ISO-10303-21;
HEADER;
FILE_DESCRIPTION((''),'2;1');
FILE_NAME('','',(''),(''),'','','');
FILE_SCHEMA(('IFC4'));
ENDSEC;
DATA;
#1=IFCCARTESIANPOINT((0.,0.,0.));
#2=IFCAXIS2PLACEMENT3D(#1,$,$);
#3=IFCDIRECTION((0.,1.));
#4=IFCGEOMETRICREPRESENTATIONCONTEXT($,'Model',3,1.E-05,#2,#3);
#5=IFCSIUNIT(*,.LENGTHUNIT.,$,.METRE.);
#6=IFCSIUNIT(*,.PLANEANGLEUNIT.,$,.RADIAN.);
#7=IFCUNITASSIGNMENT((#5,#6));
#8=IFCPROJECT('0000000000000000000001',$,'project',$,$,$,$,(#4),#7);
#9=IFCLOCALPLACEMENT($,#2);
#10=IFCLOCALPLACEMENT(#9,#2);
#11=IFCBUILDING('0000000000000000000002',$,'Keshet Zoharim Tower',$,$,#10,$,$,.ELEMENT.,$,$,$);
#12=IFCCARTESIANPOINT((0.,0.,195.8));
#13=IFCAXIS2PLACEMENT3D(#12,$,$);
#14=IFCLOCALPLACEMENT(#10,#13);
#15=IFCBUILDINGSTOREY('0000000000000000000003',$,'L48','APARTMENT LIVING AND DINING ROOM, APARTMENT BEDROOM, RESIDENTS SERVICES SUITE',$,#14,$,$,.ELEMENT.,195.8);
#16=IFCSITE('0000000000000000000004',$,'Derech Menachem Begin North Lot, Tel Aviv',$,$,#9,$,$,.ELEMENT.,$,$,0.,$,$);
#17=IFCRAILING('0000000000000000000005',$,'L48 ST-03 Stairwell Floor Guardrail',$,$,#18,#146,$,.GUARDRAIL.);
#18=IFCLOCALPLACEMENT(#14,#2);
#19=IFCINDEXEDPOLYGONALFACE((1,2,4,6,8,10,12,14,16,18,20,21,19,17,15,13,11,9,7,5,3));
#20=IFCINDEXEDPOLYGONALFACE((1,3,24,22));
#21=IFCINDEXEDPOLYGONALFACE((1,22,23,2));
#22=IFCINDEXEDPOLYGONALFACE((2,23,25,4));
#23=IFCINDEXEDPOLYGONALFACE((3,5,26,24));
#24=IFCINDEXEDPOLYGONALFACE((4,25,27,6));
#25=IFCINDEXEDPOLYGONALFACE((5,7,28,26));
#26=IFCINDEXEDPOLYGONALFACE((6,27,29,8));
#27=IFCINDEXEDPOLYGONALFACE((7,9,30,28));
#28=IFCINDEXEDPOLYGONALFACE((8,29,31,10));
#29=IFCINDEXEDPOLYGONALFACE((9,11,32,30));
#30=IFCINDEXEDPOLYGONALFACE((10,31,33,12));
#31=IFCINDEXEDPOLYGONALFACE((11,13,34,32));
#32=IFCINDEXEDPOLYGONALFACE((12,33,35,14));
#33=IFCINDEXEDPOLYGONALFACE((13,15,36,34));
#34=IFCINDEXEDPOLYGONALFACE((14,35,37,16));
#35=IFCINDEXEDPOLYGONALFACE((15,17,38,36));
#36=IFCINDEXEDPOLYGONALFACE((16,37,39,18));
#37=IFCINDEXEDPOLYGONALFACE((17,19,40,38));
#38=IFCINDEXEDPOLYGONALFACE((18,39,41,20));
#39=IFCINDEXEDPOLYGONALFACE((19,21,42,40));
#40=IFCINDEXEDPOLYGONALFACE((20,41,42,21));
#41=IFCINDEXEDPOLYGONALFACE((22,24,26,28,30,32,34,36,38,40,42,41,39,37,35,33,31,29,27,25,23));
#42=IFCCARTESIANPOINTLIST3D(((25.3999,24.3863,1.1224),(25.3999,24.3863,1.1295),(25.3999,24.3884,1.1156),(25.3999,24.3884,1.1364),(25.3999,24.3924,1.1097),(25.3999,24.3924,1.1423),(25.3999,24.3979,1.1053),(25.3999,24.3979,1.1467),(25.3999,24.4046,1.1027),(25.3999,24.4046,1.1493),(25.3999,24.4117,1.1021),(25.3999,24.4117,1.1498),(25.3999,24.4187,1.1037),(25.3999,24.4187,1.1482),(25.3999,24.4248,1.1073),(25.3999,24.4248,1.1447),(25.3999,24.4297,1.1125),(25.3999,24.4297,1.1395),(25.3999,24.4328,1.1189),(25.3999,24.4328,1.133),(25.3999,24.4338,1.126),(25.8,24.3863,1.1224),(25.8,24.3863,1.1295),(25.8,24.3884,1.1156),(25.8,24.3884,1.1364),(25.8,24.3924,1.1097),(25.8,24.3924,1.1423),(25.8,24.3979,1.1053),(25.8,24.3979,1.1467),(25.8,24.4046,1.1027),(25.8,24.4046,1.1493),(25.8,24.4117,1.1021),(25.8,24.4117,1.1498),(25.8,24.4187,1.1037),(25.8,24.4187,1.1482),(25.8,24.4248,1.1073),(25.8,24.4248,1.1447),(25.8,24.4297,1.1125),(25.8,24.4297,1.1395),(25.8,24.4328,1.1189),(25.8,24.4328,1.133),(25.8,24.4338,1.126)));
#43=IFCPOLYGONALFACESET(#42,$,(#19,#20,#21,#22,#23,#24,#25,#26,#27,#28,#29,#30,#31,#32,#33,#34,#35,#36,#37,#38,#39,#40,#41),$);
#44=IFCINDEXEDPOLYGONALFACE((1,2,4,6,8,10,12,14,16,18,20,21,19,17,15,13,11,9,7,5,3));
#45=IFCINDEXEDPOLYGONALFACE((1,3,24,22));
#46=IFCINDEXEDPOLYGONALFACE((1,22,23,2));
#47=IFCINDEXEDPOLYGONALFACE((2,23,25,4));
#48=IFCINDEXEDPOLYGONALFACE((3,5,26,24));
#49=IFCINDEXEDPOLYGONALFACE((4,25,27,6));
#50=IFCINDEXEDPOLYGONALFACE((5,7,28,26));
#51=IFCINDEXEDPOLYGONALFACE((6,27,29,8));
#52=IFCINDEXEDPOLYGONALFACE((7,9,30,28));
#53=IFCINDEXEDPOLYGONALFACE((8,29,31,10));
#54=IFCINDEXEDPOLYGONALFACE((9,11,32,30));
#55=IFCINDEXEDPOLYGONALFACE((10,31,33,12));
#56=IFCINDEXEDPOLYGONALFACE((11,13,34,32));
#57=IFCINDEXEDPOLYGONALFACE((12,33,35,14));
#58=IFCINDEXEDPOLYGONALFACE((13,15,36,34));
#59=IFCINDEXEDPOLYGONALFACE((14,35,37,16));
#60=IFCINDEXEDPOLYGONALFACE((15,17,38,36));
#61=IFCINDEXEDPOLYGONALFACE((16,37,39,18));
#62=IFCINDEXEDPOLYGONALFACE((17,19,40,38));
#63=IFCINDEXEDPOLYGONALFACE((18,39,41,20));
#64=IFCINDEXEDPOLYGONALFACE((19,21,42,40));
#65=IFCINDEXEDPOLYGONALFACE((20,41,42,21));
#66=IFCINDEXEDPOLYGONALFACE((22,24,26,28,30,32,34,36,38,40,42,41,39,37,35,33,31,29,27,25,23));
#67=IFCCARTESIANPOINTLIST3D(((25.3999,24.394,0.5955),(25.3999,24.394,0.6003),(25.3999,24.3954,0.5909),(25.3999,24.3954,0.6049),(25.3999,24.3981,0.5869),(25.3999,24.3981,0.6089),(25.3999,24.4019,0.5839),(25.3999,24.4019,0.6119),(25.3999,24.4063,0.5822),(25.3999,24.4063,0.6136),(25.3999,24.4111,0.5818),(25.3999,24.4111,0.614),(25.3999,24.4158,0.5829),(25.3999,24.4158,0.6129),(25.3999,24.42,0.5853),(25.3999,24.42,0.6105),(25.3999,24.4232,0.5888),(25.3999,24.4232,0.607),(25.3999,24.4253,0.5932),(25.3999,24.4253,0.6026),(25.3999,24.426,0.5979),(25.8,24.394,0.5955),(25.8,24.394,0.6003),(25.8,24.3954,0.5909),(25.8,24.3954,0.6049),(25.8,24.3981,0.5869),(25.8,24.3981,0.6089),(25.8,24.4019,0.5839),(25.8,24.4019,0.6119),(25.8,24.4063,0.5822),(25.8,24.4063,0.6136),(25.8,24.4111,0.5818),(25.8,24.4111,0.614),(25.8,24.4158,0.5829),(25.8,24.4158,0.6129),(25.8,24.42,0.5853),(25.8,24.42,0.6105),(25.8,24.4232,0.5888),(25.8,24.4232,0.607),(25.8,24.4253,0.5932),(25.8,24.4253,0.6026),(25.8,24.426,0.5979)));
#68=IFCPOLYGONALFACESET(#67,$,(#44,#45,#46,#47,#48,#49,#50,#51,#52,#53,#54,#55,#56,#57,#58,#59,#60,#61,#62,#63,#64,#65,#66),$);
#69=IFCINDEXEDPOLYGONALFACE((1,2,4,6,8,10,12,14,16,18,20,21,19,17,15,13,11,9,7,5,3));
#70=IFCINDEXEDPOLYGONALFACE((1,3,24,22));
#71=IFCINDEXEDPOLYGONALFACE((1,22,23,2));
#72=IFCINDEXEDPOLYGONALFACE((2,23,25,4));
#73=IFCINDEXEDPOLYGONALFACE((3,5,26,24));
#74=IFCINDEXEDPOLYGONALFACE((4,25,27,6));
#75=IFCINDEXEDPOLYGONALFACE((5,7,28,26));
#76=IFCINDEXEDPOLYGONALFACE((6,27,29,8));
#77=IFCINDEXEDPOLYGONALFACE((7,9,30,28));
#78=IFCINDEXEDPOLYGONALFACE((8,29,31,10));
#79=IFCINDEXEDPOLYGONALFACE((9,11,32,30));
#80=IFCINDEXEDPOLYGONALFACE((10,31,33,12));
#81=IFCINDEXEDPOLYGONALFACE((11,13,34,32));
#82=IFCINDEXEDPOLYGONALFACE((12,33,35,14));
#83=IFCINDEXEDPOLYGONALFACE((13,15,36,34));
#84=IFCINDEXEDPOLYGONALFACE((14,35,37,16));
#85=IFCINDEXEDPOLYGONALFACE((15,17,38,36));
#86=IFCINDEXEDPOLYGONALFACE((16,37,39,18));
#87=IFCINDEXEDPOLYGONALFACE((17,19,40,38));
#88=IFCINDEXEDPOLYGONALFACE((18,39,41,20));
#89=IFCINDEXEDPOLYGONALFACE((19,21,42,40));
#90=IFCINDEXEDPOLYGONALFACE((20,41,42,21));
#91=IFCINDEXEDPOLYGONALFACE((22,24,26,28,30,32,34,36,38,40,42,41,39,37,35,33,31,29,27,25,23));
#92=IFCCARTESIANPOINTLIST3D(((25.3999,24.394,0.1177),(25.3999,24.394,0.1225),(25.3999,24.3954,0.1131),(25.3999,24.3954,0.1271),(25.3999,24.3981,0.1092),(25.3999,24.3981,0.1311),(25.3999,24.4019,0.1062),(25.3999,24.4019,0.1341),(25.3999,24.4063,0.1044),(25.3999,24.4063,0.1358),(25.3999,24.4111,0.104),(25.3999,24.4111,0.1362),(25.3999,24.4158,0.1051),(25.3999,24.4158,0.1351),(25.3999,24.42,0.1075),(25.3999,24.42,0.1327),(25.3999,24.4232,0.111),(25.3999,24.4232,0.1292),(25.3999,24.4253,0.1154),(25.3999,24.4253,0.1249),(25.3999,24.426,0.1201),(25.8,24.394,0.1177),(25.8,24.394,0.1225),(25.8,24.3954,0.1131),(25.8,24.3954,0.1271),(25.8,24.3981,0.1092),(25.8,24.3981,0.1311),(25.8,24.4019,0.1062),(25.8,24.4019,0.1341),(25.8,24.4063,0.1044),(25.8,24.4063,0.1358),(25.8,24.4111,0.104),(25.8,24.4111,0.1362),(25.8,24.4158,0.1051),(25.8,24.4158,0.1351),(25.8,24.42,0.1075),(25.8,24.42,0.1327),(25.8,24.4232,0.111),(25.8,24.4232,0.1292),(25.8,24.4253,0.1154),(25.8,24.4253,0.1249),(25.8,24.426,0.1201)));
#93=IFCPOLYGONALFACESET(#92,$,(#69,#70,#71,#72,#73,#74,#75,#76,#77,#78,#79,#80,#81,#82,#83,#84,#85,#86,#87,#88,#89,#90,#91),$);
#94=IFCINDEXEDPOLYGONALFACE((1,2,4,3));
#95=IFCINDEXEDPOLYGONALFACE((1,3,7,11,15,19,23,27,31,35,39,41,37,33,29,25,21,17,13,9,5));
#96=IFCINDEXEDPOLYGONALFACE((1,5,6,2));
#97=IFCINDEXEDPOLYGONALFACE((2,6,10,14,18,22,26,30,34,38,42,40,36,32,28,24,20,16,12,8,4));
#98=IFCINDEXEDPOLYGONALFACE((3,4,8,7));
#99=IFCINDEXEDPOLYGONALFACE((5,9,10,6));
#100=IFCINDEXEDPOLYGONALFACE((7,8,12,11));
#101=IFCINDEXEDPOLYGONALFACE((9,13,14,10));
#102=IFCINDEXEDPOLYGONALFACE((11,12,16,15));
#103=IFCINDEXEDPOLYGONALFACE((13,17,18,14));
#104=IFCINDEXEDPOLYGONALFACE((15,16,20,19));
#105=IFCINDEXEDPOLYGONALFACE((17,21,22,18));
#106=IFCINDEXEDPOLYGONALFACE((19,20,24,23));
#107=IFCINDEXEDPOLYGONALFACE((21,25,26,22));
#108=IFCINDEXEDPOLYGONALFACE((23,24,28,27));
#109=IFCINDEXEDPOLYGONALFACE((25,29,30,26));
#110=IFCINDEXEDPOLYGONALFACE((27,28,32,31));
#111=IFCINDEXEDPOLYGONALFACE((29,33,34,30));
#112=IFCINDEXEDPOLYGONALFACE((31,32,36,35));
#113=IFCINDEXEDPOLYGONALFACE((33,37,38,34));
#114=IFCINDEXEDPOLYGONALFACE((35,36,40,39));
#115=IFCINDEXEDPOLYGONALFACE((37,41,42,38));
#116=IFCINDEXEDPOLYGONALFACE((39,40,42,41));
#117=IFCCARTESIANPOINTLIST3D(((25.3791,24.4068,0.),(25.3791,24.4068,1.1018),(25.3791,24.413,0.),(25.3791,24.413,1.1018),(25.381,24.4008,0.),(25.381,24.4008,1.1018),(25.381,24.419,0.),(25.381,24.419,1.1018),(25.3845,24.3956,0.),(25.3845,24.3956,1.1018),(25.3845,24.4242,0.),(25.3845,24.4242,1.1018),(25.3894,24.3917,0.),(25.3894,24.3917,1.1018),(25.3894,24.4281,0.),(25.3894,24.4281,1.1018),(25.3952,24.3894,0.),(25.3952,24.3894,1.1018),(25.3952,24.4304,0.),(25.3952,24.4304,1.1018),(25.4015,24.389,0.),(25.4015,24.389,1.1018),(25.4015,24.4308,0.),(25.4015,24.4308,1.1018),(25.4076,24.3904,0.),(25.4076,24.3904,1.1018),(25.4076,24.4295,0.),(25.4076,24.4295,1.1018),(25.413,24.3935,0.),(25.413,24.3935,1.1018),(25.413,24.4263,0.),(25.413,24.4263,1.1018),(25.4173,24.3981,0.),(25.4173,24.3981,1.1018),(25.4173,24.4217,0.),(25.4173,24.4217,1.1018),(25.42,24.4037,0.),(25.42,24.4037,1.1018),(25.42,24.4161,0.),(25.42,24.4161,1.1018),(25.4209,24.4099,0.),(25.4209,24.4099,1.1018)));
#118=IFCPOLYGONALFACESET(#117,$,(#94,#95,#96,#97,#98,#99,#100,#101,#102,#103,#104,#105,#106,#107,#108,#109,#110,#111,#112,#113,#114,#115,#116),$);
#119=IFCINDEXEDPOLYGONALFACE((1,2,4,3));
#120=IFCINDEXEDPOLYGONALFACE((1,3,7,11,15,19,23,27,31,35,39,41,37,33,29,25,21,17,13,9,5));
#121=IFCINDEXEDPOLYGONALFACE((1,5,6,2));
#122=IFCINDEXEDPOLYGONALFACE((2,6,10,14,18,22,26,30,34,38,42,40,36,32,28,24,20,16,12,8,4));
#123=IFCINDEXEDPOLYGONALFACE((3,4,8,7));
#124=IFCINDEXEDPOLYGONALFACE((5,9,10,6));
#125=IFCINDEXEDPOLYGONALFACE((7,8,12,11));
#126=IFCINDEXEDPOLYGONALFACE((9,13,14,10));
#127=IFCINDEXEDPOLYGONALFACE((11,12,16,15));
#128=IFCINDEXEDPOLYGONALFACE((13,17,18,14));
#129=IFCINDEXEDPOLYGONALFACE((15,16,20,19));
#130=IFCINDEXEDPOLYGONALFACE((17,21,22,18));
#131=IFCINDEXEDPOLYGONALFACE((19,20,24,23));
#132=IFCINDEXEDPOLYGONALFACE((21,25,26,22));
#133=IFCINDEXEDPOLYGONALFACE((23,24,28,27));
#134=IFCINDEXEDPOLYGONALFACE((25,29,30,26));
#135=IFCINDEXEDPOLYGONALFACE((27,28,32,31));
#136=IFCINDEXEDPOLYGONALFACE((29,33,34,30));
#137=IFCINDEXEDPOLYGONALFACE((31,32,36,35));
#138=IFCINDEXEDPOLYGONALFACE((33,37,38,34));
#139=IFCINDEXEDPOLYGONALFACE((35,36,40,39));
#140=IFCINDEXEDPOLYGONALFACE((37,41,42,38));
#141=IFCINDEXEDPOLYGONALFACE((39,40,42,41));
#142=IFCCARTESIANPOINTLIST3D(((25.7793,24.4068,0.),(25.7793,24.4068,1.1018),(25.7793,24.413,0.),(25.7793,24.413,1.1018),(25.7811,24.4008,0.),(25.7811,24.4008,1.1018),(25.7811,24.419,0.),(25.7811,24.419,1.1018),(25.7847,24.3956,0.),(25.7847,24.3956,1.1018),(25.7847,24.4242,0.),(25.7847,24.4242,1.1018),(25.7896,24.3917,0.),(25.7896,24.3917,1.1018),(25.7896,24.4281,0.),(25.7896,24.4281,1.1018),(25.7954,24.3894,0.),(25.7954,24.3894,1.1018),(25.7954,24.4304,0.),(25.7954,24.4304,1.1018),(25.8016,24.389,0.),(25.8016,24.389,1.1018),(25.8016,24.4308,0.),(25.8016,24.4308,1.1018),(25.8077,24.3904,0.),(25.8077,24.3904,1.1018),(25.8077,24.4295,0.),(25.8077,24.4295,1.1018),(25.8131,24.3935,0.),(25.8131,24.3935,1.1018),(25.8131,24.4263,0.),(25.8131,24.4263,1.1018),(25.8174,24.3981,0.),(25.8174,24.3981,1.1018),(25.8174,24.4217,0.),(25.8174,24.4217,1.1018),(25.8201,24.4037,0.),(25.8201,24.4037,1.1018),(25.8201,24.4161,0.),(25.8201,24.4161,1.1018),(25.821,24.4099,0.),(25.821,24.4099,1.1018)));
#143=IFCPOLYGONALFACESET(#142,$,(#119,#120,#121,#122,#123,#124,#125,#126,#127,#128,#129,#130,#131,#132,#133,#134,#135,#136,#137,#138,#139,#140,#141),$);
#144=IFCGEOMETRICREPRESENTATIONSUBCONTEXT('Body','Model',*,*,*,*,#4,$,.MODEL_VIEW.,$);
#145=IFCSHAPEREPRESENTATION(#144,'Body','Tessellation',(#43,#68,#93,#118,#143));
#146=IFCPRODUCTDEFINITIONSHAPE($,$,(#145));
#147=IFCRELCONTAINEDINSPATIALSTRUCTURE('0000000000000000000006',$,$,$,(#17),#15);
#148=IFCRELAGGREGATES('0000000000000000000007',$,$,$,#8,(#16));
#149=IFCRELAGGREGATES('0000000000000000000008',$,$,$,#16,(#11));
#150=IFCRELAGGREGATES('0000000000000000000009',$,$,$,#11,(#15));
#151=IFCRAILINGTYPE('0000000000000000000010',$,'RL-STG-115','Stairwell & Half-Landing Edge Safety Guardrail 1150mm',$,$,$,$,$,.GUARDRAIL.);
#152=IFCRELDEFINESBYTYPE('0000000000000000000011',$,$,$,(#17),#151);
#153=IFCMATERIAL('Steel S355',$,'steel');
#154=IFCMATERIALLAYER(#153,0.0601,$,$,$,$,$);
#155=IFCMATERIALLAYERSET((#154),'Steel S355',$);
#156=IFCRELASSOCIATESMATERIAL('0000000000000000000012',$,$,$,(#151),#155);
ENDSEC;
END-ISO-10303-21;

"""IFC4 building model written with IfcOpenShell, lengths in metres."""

from ifc_helpers import new_model, si_unit, direction, frame, origin, origin_2d, place, context, subcontext, project, spatial, circle, extrude, material, layer, layer_set, type_object, element, save


model = new_model("IFC4")

# Units and contexts
model_context = context("Model", 3, precision=1e-05, world=origin(), true_north=direction((0.0, 1.0)))
body_context = subcontext(model_context, "Body", "Model", "MODEL_VIEW")
ifc_project = project(units=[si_unit("LENGTHUNIT", "METRE"), si_unit("PLANEANGLEUNIT", "RADIAN")], contexts=[model_context])

# Site, building, storey
site_placement = place(None, origin())
site = spatial("IfcSite", under=ifc_project, at=site_placement, Name="Derech Menachem Begin North Lot, Tel Aviv", CompositionType="ELEMENT", RefElevation=0.0)
building_placement = place(site_placement, origin())
building = spatial("IfcBuilding", under=site, at=building_placement, Name="Keshet Zoharim Tower", CompositionType="ELEMENT")
storey_placement = place(building_placement, frame((0.0, 0.0, 195.8)))
storey = spatial("IfcBuildingStorey", under=building, at=storey_placement, Name="L48", Description="APARTMENT LIVING AND DINING ROOM, APARTMENT BEDROOM, RESIDENTS SERVICES SUITE", CompositionType="ELEMENT", Elevation=195.8)

# Railing
ifc_material_1 = material(Name="Steel S355", Category="steel")
ifc_layer_1 = layer(ifc_material_1, 0.0601)
ifc_layer_set_1 = layer_set([ifc_layer_1], Name="Steel S355")
railing_type_1 = type_object("IfcRailingType", Name="RL-STG-115", Description="Stairwell & Half-Landing Edge Safety Guardrail 1150mm", PredefinedType="GUARDRAIL", material=ifc_layer_set_1)
railing_1_placement = place(storey_placement, frame((25.3999, 24.4099, 0.0)))
element("IfcRailing", 1, at=railing_1_placement, inside=storey, type_object=railing_type_1, Name="L48 ST-03 Stairwell Floor Guardrail", PredefinedType="GUARDRAIL", context=body_context, shape_type="SweptSolid", body=[
    extrude(circle(Radius=0.0239, at=origin_2d()), frame((0.0, 0.0, 1.126), z_axis=(1.0, 0.0, 0.0), x_axis=(0.0, 1.0, 0.0)), (0.0, 0.0, 1.0), 0.4001),
    extrude(circle(Radius=0.0161, at=origin_2d()), frame((0.0, 0.0, 0.5979), z_axis=(1.0, 0.0, 0.0), x_axis=(0.0, 1.0, 0.0)), (0.0, 0.0, 1.0), 0.4001),
    extrude(circle(Radius=0.0161, at=origin_2d()), frame((0.0, 0.0, 0.1201), z_axis=(1.0, 0.0, 0.0), x_axis=(0.0, 1.0, 0.0)), (0.0, 0.0, 1.0), 0.4001),
    extrude(circle(Radius=0.021, at=origin_2d()), origin(), (0.0, 0.0, 1.0), 1.1018),
    extrude(circle(Radius=0.021, at=origin_2d()), frame((0.4001, 0.0, 0.0)), (0.0, 0.0, 1.0), 1.1018),
])

save(model, "model.ifc")
